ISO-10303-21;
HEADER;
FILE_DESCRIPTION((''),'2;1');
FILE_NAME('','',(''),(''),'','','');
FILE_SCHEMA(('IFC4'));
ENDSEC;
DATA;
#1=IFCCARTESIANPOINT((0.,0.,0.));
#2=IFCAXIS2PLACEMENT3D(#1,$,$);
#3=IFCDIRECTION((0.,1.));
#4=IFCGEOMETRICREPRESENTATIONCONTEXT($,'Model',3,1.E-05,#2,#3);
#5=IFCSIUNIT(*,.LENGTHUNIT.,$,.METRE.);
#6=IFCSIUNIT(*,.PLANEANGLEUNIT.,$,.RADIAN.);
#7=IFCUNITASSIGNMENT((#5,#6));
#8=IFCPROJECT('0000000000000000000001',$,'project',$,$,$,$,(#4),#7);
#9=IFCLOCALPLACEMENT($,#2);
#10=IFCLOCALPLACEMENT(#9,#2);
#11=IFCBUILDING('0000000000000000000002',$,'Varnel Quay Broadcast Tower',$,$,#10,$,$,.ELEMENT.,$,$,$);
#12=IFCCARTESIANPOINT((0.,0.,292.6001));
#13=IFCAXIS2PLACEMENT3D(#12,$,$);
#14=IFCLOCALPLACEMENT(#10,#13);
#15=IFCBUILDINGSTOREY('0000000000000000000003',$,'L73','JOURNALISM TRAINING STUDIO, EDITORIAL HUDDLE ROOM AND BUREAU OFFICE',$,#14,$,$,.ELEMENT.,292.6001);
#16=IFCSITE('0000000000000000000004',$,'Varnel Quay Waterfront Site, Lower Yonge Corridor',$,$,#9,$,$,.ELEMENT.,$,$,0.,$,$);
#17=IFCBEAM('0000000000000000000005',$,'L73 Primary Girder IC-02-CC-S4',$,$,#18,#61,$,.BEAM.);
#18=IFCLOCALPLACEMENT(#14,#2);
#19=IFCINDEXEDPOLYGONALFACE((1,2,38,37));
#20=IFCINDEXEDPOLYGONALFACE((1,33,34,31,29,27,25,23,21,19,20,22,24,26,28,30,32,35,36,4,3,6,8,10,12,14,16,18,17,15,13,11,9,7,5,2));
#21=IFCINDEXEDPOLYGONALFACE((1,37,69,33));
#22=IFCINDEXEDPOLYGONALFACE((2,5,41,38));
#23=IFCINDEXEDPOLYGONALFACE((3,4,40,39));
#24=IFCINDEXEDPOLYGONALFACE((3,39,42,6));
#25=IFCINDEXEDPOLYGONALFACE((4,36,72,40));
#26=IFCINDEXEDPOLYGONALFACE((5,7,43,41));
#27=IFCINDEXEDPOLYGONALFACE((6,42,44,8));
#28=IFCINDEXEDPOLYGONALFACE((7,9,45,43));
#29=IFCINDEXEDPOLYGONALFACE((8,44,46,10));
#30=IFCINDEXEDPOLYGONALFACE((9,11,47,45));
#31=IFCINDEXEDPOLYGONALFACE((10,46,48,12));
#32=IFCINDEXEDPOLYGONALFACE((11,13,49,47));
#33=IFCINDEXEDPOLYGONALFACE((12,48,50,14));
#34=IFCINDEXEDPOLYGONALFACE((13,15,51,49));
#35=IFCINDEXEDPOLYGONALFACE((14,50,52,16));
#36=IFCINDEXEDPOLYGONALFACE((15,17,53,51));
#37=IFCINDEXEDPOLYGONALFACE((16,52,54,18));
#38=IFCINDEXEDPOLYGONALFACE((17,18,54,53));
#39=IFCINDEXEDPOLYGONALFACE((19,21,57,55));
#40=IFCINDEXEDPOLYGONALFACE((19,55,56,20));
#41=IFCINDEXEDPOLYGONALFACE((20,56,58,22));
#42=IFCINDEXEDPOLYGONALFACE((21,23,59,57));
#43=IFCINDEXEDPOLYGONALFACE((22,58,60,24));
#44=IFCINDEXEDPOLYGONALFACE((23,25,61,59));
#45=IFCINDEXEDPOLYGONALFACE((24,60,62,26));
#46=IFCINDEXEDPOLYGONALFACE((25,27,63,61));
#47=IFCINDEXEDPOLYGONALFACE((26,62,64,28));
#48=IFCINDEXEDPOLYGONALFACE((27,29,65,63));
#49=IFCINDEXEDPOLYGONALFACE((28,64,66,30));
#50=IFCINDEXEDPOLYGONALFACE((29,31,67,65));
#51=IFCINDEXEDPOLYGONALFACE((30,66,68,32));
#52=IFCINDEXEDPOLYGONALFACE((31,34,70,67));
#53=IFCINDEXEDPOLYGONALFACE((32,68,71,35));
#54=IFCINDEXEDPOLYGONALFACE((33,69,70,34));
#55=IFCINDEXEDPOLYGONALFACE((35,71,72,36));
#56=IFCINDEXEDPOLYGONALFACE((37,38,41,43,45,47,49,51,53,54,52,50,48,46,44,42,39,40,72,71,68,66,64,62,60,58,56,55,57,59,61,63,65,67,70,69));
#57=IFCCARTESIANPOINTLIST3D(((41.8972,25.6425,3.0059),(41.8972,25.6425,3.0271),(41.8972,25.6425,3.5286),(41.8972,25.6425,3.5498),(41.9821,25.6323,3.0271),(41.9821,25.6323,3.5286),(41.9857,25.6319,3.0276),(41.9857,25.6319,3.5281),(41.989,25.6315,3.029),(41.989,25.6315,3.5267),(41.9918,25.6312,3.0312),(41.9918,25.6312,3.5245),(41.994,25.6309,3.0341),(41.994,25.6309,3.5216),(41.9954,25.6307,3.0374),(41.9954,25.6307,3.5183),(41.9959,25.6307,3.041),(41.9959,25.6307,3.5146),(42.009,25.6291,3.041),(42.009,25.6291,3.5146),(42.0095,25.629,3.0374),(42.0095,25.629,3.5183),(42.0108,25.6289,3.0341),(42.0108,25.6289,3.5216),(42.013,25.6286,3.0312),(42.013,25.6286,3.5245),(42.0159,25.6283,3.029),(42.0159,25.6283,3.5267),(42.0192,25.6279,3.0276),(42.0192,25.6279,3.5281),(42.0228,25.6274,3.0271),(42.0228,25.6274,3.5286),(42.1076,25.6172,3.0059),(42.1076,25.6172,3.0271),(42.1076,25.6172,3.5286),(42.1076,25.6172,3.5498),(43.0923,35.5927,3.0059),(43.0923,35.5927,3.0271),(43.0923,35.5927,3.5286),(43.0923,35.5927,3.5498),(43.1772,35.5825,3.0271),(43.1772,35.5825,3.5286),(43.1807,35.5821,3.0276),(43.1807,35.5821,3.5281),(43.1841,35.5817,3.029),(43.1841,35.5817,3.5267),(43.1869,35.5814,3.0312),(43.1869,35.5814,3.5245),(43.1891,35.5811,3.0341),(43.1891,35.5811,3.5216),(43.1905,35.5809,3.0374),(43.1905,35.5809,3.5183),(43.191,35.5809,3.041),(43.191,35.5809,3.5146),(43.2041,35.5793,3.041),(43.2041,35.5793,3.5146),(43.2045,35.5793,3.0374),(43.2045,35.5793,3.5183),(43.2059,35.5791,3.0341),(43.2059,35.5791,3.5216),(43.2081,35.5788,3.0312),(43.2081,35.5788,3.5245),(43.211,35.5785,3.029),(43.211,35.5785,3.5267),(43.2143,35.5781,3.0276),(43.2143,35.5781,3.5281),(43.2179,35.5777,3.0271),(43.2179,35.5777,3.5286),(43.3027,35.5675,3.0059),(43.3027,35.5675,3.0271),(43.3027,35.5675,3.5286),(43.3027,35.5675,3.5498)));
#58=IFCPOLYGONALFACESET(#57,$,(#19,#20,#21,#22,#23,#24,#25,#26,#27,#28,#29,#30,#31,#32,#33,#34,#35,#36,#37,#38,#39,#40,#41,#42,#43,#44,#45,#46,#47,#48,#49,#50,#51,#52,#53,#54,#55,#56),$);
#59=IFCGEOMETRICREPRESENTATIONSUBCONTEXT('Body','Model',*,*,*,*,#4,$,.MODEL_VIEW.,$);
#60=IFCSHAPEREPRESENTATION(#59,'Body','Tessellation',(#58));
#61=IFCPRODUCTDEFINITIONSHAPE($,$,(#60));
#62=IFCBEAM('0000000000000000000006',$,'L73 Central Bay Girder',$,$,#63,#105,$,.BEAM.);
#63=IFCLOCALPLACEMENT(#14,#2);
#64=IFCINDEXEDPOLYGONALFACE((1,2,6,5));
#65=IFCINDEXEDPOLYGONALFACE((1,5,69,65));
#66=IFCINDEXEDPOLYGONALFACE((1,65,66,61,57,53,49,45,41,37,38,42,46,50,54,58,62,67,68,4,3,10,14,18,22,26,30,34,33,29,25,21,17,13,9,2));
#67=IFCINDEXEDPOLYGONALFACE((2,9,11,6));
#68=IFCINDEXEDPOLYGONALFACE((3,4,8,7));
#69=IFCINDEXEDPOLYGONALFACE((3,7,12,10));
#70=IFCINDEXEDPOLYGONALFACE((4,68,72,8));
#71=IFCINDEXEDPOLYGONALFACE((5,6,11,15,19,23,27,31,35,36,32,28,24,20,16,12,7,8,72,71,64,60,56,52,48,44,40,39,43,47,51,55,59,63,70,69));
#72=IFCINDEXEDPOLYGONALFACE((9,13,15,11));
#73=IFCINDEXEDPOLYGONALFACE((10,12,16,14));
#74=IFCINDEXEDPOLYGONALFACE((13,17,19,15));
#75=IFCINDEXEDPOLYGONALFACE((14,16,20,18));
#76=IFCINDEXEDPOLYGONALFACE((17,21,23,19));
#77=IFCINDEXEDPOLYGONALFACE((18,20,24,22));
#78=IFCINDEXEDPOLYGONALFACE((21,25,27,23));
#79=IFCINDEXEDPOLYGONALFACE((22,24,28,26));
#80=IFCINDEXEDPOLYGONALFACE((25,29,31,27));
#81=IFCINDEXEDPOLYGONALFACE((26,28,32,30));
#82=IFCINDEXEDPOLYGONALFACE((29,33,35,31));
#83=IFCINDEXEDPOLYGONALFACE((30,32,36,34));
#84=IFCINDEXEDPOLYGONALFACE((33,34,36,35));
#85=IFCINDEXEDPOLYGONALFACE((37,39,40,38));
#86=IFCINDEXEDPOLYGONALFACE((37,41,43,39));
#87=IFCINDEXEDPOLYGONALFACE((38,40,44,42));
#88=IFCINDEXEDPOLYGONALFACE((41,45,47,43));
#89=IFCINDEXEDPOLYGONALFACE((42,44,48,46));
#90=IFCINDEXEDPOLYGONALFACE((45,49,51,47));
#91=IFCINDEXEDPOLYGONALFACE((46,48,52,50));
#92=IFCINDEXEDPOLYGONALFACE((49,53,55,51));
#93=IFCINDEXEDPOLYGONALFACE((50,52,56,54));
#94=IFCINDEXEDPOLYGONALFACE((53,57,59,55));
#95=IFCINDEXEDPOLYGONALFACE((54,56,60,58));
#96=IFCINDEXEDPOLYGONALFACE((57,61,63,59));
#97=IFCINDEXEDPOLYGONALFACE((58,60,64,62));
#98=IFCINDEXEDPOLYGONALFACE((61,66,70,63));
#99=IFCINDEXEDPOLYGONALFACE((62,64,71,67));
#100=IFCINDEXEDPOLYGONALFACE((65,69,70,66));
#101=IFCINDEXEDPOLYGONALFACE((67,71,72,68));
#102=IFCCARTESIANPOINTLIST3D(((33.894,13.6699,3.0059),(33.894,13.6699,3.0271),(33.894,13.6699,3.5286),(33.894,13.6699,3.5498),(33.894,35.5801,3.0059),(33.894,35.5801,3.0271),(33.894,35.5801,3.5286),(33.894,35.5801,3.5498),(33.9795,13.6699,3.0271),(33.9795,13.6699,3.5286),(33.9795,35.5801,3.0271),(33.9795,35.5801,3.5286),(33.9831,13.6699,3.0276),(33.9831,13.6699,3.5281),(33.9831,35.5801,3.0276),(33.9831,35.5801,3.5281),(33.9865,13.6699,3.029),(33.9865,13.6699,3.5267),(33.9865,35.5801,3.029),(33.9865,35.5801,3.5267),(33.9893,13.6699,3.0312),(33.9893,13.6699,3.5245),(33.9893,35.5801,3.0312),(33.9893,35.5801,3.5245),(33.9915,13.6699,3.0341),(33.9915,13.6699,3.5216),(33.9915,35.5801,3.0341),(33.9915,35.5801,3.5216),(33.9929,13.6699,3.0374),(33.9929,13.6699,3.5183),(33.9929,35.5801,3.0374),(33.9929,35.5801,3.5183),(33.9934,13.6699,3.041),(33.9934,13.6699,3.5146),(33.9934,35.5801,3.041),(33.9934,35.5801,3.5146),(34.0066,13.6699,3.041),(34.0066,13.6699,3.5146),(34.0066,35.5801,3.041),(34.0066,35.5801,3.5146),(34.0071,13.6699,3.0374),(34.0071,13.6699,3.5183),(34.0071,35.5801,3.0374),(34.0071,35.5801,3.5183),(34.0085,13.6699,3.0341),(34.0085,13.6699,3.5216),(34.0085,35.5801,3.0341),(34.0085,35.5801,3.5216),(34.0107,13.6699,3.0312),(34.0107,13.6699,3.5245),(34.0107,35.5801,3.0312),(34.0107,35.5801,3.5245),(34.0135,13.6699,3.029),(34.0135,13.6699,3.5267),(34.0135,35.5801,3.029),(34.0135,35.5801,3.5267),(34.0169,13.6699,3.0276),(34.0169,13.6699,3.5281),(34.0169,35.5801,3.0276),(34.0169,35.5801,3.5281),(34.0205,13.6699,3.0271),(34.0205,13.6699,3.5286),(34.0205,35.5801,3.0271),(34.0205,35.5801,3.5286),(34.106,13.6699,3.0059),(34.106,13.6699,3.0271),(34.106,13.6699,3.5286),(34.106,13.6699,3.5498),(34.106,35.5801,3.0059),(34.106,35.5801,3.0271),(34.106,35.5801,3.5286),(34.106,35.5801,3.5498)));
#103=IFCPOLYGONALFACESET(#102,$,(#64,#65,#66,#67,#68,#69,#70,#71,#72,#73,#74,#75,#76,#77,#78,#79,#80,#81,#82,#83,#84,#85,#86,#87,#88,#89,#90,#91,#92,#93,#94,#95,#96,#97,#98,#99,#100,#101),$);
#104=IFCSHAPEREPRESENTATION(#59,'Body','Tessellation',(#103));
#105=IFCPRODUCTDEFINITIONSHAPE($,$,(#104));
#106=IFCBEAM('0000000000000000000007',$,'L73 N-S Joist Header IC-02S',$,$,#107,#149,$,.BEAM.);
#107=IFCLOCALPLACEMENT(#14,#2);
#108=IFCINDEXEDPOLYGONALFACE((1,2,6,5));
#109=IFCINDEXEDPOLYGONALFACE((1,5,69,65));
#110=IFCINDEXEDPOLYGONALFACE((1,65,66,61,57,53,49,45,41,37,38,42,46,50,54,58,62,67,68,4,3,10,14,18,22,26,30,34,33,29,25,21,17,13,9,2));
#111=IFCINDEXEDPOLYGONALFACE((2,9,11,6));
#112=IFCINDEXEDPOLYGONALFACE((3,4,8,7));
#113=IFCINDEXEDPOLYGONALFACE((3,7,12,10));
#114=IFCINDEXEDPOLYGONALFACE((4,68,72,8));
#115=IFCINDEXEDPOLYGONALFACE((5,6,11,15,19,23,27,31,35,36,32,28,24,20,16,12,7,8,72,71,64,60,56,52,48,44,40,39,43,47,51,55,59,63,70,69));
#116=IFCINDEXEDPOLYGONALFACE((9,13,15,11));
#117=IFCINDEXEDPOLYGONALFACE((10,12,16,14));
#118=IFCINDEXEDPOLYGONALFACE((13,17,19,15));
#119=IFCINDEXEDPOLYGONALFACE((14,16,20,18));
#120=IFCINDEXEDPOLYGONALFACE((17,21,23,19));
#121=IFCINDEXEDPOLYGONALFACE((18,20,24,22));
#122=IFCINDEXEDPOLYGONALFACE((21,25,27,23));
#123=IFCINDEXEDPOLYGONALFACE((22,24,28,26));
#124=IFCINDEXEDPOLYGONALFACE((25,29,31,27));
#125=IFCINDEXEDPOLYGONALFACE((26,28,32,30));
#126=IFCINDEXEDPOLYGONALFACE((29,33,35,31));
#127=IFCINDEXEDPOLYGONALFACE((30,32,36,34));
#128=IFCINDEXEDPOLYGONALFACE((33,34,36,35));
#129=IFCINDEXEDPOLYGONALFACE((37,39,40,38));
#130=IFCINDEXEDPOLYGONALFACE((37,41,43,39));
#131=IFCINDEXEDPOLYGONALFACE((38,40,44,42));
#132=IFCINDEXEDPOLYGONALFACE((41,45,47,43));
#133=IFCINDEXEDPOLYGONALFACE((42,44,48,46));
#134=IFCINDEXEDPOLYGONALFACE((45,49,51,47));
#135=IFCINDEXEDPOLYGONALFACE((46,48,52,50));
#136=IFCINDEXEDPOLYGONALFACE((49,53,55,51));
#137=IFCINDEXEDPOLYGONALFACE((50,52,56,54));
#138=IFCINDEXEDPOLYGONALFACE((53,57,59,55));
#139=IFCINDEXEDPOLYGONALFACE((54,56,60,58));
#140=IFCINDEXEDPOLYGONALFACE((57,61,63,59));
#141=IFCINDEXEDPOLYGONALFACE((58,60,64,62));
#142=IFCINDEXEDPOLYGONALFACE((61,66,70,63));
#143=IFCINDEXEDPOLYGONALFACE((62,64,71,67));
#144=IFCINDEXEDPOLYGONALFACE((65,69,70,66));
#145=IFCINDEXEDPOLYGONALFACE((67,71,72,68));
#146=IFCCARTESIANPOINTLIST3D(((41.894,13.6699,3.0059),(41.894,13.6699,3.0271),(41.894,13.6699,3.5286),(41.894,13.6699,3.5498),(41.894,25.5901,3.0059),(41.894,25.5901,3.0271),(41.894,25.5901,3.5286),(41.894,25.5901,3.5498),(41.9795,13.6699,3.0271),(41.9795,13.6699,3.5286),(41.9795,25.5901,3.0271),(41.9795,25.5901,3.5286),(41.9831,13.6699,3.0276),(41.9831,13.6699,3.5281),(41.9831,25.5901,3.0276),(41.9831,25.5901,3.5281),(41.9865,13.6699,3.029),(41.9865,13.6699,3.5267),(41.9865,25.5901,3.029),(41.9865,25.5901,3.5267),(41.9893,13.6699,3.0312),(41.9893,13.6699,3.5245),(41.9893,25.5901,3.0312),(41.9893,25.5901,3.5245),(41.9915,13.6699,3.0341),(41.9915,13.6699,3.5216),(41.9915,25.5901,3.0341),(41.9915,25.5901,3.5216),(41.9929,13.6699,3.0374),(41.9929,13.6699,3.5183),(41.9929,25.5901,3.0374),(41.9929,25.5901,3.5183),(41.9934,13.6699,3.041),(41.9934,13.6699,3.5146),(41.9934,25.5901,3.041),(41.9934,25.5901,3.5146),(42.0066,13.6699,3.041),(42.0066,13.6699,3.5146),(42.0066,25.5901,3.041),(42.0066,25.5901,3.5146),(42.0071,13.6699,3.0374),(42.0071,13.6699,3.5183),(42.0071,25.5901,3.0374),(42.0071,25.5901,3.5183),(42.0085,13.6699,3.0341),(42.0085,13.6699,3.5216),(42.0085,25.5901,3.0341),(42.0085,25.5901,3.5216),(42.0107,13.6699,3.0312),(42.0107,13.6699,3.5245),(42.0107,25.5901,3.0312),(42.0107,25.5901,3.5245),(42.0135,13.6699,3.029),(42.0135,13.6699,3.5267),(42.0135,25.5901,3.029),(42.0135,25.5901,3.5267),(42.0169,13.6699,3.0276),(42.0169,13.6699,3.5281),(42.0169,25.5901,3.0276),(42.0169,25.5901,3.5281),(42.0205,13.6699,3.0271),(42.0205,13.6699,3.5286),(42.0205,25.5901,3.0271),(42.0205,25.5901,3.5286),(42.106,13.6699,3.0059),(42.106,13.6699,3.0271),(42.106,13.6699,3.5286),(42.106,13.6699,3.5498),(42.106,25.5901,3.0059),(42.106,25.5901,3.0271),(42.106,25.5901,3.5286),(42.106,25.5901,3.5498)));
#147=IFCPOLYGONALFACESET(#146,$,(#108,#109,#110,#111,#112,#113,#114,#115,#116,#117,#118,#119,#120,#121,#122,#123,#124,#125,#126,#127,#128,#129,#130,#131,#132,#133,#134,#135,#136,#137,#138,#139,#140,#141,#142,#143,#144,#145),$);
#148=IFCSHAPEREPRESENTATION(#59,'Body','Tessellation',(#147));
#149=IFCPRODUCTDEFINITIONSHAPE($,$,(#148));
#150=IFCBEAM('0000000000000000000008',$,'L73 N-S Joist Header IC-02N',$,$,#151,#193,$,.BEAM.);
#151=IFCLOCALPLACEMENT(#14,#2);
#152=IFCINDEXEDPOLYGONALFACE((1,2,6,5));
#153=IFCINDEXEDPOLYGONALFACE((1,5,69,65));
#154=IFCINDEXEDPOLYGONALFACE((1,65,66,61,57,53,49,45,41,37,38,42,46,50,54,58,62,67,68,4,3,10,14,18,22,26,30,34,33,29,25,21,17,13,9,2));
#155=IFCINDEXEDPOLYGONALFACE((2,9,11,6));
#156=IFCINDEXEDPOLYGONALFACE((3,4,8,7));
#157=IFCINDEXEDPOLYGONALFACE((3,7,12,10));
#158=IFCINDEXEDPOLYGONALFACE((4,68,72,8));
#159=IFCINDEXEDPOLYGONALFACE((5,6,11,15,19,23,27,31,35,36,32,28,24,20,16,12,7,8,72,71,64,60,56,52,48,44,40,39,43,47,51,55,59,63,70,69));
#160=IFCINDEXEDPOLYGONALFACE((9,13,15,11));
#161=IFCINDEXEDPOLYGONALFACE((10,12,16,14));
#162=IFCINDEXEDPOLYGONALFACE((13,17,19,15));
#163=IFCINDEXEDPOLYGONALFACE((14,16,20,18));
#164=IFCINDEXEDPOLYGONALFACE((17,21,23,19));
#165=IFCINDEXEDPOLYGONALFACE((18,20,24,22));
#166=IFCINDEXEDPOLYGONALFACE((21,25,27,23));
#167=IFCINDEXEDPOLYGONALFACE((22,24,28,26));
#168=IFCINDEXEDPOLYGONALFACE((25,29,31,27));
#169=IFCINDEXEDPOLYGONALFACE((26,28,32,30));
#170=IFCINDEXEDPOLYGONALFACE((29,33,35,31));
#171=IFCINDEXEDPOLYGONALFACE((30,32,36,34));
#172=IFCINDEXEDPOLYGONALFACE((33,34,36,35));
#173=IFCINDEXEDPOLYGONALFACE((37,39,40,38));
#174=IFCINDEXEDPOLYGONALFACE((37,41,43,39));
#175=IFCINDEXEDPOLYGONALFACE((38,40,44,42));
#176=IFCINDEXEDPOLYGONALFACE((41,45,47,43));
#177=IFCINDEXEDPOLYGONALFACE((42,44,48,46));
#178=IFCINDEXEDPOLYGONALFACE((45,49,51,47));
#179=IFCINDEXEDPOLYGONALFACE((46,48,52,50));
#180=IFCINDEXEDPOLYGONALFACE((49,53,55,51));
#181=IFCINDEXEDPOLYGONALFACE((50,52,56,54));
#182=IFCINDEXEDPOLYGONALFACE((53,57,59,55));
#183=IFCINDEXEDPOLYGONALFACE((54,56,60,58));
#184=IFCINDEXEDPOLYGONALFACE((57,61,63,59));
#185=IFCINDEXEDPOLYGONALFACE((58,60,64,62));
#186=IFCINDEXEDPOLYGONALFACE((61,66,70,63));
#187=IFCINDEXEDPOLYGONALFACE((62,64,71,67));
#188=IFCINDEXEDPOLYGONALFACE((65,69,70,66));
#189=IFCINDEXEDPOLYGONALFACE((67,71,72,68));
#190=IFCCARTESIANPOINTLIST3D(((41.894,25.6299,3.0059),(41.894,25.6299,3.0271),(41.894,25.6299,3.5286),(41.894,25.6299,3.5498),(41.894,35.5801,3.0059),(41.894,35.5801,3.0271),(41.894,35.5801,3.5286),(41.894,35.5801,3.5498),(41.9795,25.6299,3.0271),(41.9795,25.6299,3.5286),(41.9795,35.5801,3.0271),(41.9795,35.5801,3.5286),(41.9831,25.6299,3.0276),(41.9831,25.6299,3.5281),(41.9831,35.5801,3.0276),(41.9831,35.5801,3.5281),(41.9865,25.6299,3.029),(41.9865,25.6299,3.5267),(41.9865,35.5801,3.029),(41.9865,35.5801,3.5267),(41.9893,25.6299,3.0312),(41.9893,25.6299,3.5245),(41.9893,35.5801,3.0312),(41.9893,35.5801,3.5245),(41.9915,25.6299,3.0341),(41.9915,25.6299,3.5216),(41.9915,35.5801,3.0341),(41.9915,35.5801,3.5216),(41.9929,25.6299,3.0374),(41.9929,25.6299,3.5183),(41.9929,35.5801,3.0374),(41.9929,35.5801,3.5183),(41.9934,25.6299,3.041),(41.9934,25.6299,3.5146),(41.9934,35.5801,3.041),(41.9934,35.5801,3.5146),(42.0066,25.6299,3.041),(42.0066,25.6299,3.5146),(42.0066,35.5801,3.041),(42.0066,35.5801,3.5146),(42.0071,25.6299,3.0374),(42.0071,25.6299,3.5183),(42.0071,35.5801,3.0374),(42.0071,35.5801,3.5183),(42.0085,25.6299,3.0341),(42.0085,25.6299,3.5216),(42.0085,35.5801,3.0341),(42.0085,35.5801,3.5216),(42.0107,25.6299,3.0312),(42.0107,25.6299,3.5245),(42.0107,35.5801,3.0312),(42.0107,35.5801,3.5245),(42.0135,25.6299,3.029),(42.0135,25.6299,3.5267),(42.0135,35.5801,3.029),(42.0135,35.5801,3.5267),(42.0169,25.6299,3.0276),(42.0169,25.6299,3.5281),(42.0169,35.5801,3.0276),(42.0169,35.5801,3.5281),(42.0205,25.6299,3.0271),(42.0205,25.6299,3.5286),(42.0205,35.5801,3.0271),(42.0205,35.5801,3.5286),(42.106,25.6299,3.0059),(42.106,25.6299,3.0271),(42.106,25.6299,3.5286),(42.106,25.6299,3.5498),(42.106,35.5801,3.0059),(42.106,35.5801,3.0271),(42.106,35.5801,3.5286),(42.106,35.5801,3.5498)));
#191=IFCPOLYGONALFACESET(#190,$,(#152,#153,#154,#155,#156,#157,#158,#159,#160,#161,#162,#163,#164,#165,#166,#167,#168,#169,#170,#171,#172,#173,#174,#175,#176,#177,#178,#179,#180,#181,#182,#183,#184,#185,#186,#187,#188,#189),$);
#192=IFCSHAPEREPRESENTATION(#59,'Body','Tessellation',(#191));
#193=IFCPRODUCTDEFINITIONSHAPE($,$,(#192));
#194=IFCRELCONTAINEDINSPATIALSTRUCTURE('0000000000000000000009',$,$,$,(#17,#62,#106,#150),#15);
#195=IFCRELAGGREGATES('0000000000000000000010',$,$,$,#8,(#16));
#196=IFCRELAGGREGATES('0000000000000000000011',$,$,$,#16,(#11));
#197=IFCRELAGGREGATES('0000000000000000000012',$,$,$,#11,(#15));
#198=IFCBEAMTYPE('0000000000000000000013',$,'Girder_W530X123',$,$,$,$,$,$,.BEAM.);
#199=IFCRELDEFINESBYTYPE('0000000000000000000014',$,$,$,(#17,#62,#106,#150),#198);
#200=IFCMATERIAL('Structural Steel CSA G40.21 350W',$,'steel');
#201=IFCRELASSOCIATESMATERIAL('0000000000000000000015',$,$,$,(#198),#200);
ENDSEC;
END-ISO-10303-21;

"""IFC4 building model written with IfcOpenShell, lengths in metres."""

from ifc_helpers import new_model, si_unit, direction, frame, origin, origin_2d, place, context, subcontext, project, spatial, i_section, extrude, source, transform, mapped, material, material_profile, profile_set, type_object, element, save


model = new_model("IFC4")

# Units and contexts
model_context = context("Model", 3, precision=1e-05, world=origin(), true_north=direction((0.0, 1.0)))
body_context = subcontext(model_context, "Body", "Model", "MODEL_VIEW")
ifc_project = project(units=[si_unit("LENGTHUNIT", "METRE"), si_unit("PLANEANGLEUNIT", "RADIAN")], contexts=[model_context])

# Site, building, storey
site_placement = place(None, origin())
site = spatial("IfcSite", under=ifc_project, at=site_placement, Name="Varnel Quay Waterfront Site, Lower Yonge Corridor", CompositionType="ELEMENT", RefElevation=0.0)
building_placement = place(site_placement, origin())
building = spatial("IfcBuilding", under=site, at=building_placement, Name="Varnel Quay Broadcast Tower", CompositionType="ELEMENT")
storey_placement = place(building_placement, frame((0.0, 0.0, 292.6001)))
storey = spatial("IfcBuildingStorey", under=building, at=storey_placement, Name="L73", Description="JOURNALISM TRAINING STUDIO, EDITORIAL HUDDLE ROOM AND BUREAU OFFICE", CompositionType="ELEMENT", Elevation=292.6001)

# Shared definitions
ifc_material_1 = material(Name="Structural Steel CSA G40.21 350W", Category="steel")

# Beams
ifc_material_profile_1 = material_profile(ifc_material_1, i_section(OverallWidth=0.2119, OverallDepth=0.5439, WebThickness=0.0132, FlangeThickness=0.0212, FilletRadius=0.0139, at=origin_2d()), Name="W530X123")
ifc_profile_set_1 = profile_set([ifc_material_profile_1], Name="Structural Steel CSA G40.21 350W")
beam_type_1 = type_object("IfcBeamType", Name="Girder_W530X123", PredefinedType="BEAM", material=ifc_profile_set_1)
shared_shape_1 = source(origin(), body_context, "Body", "SweptSolid", [
    extrude(i_section(OverallWidth=0.2119, OverallDepth=0.5439, WebThickness=0.0132, FlangeThickness=0.0212, FilletRadius=0.0139, at=origin_2d()), origin(), (0.0, 0.0, 1.0), 10.0217),
])
beam_1_placement = place(storey_placement, frame((42.0024, 25.6299, 3.2778), z_axis=(0.119248, 0.992864, 0.0), x_axis=(-0.992864, 0.119248, 0.0)))
element("IfcBeam", 1, at=beam_1_placement, inside=storey, type_object=beam_type_1, Name="L73 Primary Girder IC-02-CC-S4", PredefinedType="BEAM", context=body_context, shape_type="MappedRepresentation", body=[
    mapped(shared_shape_1, transform((0.0, 0.0, 0.0), x_axis=(1.0, 0.0, 0.0), y_axis=(0.0, 1.0, 0.0), z_axis=(0.0, 0.0, 1.0), scale=1.0)),
])
shared_shape_2 = source(origin(), body_context, "Body", "SweptSolid", [
    extrude(i_section(OverallWidth=0.2119, OverallDepth=0.5439, WebThickness=0.0132, FlangeThickness=0.0212, FilletRadius=0.0139, at=origin_2d()), origin(), (0.0, 0.0, 1.0), 21.9102),
])
beam_2_placement = place(storey_placement, frame((34.0, 13.6699, 3.2778), z_axis=(0.0, 1.0, 0.0), x_axis=(-1.0, 0.0, 0.0)))
element("IfcBeam", 2, at=beam_2_placement, inside=storey, type_object=beam_type_1, Name="L73 Central Bay Girder", PredefinedType="BEAM", context=body_context, shape_type="MappedRepresentation", body=[
    mapped(shared_shape_2, transform((0.0, 0.0, 0.0), x_axis=(1.0, 0.0, 0.0), y_axis=(0.0, 1.0, 0.0), z_axis=(0.0, 0.0, 1.0), scale=1.0)),
])
shared_shape_3 = source(origin(), body_context, "Body", "SweptSolid", [
    extrude(i_section(OverallWidth=0.2119, OverallDepth=0.5439, WebThickness=0.0132, FlangeThickness=0.0212, FilletRadius=0.0139, at=origin_2d()), origin(), (0.0, 0.0, 1.0), 11.9202),
])
beam_3_placement = place(storey_placement, frame((42.0, 13.6699, 3.2778), z_axis=(0.0, 1.0, 0.0), x_axis=(-1.0, 0.0, 0.0)))
element("IfcBeam", 3, at=beam_3_placement, inside=storey, type_object=beam_type_1, Name="L73 N-S Joist Header IC-02S", PredefinedType="BEAM", context=body_context, shape_type="MappedRepresentation", body=[
    mapped(shared_shape_3, transform((0.0, 0.0, 0.0), x_axis=(1.0, 0.0, 0.0), y_axis=(0.0, 1.0, 0.0), z_axis=(0.0, 0.0, 1.0), scale=1.0)),
])
shared_shape_4 = source(origin(), body_context, "Body", "SweptSolid", [
    extrude(i_section(OverallWidth=0.2119, OverallDepth=0.5439, WebThickness=0.0132, FlangeThickness=0.0212, FilletRadius=0.0139, at=origin_2d()), origin(), (0.0, 0.0, 1.0), 9.9502),
])
beam_4_placement = place(storey_placement, frame((42.0, 25.6299, 3.2778), z_axis=(0.0, 1.0, 0.0), x_axis=(-1.0, 0.0, 0.0)))
element("IfcBeam", 4, at=beam_4_placement, inside=storey, type_object=beam_type_1, Name="L73 N-S Joist Header IC-02N", PredefinedType="BEAM", context=body_context, shape_type="MappedRepresentation", body=[
    mapped(shared_shape_4, transform((0.0, 0.0, 0.0), x_axis=(1.0, 0.0, 0.0), y_axis=(0.0, 1.0, 0.0), z_axis=(0.0, 0.0, 1.0), scale=1.0)),
])

save(model, "model.ifc")
